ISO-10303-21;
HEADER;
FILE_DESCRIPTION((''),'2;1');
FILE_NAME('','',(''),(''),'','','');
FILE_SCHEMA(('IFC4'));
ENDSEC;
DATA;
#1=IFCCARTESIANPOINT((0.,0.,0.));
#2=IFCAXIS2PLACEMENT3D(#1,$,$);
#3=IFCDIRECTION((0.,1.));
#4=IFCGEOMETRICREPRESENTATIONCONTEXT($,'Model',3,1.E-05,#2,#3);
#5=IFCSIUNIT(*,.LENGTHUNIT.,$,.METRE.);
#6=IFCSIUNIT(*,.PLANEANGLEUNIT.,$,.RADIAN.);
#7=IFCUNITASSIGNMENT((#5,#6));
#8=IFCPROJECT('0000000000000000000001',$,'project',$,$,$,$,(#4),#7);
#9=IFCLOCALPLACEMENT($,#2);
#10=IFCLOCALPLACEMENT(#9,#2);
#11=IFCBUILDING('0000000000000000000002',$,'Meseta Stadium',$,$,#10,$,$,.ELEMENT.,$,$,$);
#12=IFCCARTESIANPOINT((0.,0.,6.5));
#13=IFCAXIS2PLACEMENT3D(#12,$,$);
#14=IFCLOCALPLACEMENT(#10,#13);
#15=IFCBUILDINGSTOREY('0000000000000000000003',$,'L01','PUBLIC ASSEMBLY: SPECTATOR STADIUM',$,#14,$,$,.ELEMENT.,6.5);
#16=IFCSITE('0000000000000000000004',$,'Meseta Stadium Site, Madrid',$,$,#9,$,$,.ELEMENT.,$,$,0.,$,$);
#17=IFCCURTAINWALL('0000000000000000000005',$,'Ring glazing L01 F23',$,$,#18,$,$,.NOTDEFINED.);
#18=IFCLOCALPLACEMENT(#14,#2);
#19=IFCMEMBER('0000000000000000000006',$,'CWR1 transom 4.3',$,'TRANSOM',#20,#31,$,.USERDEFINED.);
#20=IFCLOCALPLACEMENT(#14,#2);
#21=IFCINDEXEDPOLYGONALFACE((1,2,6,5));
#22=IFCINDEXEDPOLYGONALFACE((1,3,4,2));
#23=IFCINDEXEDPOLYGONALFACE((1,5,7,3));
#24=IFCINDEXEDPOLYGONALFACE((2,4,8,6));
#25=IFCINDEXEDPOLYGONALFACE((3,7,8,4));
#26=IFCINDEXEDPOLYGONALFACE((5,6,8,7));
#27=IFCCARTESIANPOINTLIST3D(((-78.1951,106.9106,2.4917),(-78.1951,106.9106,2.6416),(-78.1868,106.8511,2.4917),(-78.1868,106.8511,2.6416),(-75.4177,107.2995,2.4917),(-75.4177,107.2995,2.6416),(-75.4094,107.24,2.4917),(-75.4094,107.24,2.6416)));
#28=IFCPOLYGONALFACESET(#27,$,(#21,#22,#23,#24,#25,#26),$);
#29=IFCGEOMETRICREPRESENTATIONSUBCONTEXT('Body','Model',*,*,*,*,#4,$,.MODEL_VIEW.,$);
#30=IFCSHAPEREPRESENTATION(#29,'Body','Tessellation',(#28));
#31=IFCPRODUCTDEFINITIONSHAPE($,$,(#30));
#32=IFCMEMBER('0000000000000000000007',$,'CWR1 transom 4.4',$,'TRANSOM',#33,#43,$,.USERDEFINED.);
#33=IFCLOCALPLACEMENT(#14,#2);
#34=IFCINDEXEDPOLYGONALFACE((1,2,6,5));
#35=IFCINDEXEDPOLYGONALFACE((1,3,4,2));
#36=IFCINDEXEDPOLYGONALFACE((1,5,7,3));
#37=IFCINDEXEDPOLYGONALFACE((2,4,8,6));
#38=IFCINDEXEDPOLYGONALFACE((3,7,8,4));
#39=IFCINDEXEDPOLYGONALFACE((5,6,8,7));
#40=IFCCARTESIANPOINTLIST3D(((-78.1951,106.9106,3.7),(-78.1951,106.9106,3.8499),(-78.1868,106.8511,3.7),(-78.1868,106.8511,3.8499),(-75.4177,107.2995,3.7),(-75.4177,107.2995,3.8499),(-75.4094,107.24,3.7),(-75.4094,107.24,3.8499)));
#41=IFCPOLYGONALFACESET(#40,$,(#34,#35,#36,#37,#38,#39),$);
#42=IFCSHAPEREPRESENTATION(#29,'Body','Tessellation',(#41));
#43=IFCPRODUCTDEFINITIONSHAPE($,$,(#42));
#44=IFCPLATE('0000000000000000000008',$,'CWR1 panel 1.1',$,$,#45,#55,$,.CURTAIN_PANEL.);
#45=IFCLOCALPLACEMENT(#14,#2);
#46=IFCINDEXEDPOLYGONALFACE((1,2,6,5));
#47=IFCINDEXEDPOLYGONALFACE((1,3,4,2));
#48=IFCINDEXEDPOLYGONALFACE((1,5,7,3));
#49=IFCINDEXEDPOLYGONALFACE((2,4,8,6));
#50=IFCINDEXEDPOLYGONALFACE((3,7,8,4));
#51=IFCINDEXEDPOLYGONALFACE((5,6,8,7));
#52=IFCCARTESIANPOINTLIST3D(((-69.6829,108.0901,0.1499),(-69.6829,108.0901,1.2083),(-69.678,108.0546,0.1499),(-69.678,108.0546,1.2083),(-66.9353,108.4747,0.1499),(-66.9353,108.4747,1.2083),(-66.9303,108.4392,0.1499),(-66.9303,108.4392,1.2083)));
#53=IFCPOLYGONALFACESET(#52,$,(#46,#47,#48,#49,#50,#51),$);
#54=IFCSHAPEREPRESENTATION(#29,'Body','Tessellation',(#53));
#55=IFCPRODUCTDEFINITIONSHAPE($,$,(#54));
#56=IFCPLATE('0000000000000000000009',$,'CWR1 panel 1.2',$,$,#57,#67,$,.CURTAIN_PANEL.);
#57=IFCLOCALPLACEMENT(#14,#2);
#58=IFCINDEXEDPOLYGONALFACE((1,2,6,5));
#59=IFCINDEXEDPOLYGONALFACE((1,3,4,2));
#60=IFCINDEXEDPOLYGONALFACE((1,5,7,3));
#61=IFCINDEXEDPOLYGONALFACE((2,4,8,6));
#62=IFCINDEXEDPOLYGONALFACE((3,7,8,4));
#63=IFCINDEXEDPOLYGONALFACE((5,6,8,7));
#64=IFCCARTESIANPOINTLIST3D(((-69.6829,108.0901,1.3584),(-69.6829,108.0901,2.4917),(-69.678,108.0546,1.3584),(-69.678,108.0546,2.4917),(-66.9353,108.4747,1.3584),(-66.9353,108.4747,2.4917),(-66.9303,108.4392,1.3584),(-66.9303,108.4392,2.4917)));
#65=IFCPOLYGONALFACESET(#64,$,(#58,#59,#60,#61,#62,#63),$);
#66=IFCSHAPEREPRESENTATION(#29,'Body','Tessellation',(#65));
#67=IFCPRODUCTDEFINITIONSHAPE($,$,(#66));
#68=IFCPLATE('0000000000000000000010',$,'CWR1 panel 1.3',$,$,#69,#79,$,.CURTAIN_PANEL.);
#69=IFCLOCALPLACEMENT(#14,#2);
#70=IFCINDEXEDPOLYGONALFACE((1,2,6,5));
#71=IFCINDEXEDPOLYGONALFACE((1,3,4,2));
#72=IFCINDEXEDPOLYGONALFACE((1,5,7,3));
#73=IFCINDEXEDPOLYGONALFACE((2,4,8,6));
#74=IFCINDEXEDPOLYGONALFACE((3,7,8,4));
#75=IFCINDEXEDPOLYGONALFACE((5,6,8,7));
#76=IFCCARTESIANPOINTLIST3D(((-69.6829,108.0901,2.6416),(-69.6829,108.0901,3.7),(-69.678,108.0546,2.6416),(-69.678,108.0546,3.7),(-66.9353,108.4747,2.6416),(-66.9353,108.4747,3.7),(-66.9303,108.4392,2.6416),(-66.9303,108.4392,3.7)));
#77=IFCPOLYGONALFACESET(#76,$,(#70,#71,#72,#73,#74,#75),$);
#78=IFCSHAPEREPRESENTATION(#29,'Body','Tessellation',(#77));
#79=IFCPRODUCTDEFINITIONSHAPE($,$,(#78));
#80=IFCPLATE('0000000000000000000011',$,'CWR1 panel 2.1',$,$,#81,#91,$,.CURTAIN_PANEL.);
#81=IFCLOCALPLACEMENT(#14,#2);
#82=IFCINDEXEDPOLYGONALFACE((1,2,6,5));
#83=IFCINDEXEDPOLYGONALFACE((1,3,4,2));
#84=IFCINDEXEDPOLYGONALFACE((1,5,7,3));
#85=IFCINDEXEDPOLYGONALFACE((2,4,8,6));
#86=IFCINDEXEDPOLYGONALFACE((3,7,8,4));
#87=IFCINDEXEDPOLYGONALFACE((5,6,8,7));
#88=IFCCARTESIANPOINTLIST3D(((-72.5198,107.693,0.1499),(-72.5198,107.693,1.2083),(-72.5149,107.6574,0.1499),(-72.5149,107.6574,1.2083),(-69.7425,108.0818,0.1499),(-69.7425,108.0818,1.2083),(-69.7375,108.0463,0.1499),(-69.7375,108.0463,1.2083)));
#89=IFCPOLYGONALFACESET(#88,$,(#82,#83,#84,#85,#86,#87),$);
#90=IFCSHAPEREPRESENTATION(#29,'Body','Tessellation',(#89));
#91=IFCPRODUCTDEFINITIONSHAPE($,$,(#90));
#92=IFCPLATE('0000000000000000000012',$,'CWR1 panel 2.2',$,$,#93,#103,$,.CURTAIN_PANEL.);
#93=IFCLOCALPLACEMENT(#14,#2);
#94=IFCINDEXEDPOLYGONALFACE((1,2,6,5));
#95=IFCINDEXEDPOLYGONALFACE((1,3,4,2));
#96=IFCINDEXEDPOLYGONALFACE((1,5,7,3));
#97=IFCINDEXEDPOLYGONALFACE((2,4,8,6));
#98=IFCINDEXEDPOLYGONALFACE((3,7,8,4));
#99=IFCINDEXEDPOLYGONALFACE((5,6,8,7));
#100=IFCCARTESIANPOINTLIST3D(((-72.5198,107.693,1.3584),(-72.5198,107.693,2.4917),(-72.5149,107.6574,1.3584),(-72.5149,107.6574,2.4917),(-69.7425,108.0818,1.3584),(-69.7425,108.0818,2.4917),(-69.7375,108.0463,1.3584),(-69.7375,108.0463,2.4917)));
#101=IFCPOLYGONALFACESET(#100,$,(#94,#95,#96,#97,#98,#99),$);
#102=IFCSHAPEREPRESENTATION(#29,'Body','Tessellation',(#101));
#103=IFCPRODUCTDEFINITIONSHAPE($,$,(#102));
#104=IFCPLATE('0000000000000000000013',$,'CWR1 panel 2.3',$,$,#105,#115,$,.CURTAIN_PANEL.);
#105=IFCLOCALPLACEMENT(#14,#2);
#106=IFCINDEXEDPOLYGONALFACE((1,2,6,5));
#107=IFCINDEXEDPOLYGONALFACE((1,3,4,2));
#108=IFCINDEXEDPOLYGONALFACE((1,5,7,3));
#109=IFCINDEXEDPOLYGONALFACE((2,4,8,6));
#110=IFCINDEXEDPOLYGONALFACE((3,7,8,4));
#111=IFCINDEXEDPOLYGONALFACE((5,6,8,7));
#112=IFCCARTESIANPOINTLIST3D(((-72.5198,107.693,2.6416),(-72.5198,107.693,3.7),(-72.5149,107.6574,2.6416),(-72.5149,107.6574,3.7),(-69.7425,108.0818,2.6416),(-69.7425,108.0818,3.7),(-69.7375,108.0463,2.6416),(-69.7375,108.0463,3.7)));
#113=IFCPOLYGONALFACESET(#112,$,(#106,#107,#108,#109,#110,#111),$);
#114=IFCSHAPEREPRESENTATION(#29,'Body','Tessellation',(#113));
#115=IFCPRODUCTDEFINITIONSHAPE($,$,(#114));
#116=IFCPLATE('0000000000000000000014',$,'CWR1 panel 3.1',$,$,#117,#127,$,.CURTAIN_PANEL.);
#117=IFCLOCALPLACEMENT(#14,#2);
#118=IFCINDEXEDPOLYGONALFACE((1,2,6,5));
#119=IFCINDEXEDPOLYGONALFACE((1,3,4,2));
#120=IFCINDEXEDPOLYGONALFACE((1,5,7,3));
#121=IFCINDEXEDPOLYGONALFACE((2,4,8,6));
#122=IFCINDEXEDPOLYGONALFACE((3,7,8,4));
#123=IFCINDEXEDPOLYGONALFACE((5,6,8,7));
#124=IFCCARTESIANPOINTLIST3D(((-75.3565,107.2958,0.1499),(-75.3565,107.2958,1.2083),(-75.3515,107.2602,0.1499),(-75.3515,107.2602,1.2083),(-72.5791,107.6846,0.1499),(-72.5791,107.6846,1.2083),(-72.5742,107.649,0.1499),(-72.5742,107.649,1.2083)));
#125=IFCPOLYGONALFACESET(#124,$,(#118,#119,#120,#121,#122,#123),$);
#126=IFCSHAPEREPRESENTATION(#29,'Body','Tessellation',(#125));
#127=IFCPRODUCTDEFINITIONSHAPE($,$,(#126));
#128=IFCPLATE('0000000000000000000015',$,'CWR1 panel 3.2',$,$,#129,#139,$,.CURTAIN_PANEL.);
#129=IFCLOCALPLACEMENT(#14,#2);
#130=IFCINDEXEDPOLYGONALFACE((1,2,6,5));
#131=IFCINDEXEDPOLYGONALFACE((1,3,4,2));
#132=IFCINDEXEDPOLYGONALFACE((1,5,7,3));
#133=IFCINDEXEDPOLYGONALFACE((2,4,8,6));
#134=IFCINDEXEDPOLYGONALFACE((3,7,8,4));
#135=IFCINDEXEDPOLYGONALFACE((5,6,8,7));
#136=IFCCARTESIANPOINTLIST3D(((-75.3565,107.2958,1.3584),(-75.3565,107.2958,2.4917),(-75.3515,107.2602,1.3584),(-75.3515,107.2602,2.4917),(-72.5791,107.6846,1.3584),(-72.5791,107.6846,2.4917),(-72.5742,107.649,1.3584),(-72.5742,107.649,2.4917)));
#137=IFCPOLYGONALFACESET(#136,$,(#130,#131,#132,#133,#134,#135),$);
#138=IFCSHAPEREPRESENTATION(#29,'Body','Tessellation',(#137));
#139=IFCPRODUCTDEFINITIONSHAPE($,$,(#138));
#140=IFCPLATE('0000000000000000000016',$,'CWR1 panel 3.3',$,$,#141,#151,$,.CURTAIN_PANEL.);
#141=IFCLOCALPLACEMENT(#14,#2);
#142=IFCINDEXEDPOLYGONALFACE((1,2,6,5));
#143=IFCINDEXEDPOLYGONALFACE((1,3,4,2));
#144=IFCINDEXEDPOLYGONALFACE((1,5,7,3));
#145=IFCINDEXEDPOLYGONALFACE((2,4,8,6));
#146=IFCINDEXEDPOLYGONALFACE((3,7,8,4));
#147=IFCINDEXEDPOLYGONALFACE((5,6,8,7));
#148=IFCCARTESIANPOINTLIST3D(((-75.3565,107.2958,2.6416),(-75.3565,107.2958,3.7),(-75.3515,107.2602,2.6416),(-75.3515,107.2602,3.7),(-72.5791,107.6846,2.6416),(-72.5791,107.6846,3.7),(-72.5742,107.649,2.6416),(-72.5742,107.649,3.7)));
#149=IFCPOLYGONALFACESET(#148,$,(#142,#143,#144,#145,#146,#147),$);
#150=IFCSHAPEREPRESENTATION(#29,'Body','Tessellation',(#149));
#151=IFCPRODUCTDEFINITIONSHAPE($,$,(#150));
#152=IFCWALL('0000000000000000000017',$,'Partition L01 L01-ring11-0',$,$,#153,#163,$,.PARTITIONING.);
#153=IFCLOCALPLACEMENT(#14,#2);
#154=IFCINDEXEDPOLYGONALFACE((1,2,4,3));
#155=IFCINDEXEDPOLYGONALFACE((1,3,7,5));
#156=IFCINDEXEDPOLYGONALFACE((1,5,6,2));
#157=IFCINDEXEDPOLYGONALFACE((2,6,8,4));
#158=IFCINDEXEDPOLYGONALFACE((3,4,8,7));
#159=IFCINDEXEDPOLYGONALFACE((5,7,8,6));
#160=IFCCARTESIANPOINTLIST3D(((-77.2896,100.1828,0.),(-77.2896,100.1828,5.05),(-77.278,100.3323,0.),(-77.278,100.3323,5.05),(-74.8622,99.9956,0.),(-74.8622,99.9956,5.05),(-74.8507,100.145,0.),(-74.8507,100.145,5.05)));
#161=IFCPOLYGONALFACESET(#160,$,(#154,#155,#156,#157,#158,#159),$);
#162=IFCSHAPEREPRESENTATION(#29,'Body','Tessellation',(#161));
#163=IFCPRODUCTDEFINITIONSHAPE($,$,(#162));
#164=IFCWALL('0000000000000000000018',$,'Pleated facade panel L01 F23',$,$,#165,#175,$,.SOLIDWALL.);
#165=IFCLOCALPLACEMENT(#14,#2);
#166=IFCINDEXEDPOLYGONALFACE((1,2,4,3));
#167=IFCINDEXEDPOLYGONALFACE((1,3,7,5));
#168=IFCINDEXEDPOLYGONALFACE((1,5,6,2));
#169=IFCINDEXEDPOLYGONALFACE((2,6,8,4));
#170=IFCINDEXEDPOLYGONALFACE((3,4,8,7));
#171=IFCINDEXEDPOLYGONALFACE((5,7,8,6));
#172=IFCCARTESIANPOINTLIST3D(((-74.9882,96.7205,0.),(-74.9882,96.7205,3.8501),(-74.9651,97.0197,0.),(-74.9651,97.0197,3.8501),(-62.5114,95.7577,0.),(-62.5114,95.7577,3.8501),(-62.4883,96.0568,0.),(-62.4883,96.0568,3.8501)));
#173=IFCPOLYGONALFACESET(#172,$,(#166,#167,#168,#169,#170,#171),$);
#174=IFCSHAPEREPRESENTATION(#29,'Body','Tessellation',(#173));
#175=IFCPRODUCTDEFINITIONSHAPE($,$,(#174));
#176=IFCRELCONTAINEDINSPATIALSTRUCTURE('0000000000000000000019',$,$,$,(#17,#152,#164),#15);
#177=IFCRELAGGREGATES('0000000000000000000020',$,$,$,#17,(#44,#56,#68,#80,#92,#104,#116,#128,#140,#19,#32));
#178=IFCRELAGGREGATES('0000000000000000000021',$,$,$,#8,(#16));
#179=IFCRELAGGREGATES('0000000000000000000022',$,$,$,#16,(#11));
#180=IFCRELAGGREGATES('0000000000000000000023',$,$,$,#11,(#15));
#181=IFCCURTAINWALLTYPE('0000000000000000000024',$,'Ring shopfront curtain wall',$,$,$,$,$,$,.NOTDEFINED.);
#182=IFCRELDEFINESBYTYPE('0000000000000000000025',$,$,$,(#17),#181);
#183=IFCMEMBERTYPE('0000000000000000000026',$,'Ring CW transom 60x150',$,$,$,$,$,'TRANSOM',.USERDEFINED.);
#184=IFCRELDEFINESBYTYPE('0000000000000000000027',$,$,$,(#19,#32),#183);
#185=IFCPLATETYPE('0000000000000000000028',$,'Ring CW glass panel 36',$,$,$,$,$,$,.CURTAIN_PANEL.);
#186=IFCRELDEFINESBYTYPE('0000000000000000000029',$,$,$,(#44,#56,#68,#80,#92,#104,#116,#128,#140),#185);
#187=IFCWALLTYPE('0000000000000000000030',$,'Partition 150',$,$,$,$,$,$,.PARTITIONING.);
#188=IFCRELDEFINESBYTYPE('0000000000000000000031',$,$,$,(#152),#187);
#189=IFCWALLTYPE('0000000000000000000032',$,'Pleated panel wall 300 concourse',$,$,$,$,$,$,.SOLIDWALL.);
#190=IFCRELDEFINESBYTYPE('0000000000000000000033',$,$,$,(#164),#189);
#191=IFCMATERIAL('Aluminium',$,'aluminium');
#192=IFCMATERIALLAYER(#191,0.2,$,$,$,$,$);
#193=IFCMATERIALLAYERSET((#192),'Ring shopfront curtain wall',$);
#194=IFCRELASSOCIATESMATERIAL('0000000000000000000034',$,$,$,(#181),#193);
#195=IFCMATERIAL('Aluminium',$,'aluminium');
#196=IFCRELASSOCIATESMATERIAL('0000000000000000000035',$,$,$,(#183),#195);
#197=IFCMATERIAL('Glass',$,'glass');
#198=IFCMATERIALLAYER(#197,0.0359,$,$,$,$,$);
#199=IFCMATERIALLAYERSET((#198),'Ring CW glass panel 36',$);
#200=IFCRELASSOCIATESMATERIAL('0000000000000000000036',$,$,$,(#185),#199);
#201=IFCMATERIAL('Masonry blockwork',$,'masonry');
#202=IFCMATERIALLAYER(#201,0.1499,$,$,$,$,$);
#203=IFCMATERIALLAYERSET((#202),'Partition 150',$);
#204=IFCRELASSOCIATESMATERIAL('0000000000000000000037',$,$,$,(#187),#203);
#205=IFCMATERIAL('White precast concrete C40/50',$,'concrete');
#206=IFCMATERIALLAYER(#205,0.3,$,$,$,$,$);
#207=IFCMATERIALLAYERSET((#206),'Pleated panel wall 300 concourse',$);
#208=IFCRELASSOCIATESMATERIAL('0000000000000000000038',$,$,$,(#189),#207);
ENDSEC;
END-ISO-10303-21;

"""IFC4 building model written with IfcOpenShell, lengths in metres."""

from ifc_helpers import new_model, si_unit, direction, frame, frame_2d, origin, origin_2d, place, context, subcontext, project, spatial, rectangle, extrude, material, layer, layer_set, material_profile, profile_set, type_object, element, aggregate, save


model = new_model("IFC4")

# Units and contexts
model_context = context("Model", 3, precision=1e-05, world=origin(), true_north=direction((0.0, 1.0)))
body_context = subcontext(model_context, "Body", "Model", "MODEL_VIEW")
ifc_project = project(units=[si_unit("LENGTHUNIT", "METRE"), si_unit("PLANEANGLEUNIT", "RADIAN")], contexts=[model_context])

# Site, building, storey
site_placement = place(None, origin())
site = spatial("IfcSite", under=ifc_project, at=site_placement, Name="Meseta Stadium Site, Madrid", CompositionType="ELEMENT", RefElevation=0.0)
building_placement = place(site_placement, origin())
building = spatial("IfcBuilding", under=site, at=building_placement, Name="Meseta Stadium", CompositionType="ELEMENT")
storey_placement = place(building_placement, frame((0.0, 0.0, 6.5)))
storey = spatial("IfcBuildingStorey", under=building, at=storey_placement, Name="L01", Description="PUBLIC ASSEMBLY: SPECTATOR STADIUM", CompositionType="ELEMENT", Elevation=6.5)

# Curtain wall, members, plates
ifc_material_1 = material(Name="Aluminium", Category="aluminium")
ifc_layer_1 = layer(ifc_material_1, 0.2)
ifc_layer_set_1 = layer_set([ifc_layer_1], Name="Ring shopfront curtain wall")
curtain_wall_type = type_object("IfcCurtainWallType", Name="Ring shopfront curtain wall", PredefinedType="NOTDEFINED", material=ifc_layer_set_1)
curtain_wall_placement = place(storey_placement, origin())
curtain_wall = element("IfcCurtainWall", 1, at=curtain_wall_placement, inside=storey, type_object=curtain_wall_type, Name="Ring glazing L01 F23", PredefinedType="NOTDEFINED")
ifc_material_2 = material(Name="Aluminium", Category="aluminium")
ifc_material_profile_1 = material_profile(ifc_material_2, rectangle(XDim=0.0601, YDim=0.1499, at=origin_2d()), Name="CW 60x150")
ifc_profile_set_1 = profile_set([ifc_material_profile_1], Name="Aluminium")
member_type_1 = type_object("IfcMemberType", Name="Ring CW transom 60x150", ElementType="TRANSOM", PredefinedType="USERDEFINED", material=ifc_profile_set_1)
member_1_placement = place(storey_placement, frame((-75.4136, 107.2698, 2.5667), z_axis=(-0.990337, -0.138679, 0.0), x_axis=(0.138679, -0.990337, 0.0)))
member_1 = element("IfcMember", 2, at=member_1_placement, type_object=member_type_1, Name="CWR1 transom 4.3", ObjectType="TRANSOM", PredefinedType="USERDEFINED", context=body_context, shape_type="SweptSolid", body=[
    extrude(rectangle(XDim=0.0601, YDim=0.1499, at=origin_2d()), origin(), (0.0, 0.0, 1.0), 2.8044),
])
member_2_placement = place(storey_placement, frame((-75.4136, 107.2698, 3.7749), z_axis=(-0.990337, -0.138679, 0.0), x_axis=(0.138679, -0.990337, 0.0)))
member_2 = element("IfcMember", 3, at=member_2_placement, type_object=member_type_1, Name="CWR1 transom 4.4", ObjectType="TRANSOM", PredefinedType="USERDEFINED", context=body_context, shape_type="SweptSolid", body=[
    extrude(rectangle(XDim=0.0601, YDim=0.1499, at=origin_2d()), origin(), (0.0, 0.0, 1.0), 2.8044),
])
ifc_material_3 = material(Name="Glass", Category="glass")
ifc_layer_2 = layer(ifc_material_3, 0.0359)
ifc_layer_set_2 = layer_set([ifc_layer_2], Name="Ring CW glass panel 36")
plate_type = type_object("IfcPlateType", Name="Ring CW glass panel 36", PredefinedType="CURTAIN_PANEL", material=ifc_layer_set_2)
plate_1_placement = place(storey_placement, frame((-68.3066, 108.2646, 0.1499), z_axis=(0.0, 0.0, 1.0), x_axis=(-0.990342, -0.138643, 0.0)))
plate_1 = element("IfcPlate", 4, at=plate_1_placement, type_object=plate_type, Name="CWR1 panel 1.1", PredefinedType="CURTAIN_PANEL", context=body_context, shape_type="SweptSolid", body=[
    extrude(rectangle(XDim=2.7744, YDim=0.0359, at=origin_2d()), origin(), (0.0, 0.0, 1.0), 1.0583),
])
plate_2_placement = place(storey_placement, frame((-68.3066, 108.2646, 1.3584), z_axis=(0.0, 0.0, 1.0), x_axis=(-0.990342, -0.138643, 0.0)))
plate_2 = element("IfcPlate", 5, at=plate_2_placement, type_object=plate_type, Name="CWR1 panel 1.2", PredefinedType="CURTAIN_PANEL", context=body_context, shape_type="SweptSolid", body=[
    extrude(rectangle(XDim=2.7744, YDim=0.0359, at=origin_2d()), origin(), (0.0, 0.0, 1.0), 1.1333),
])
plate_3_placement = place(storey_placement, frame((-68.3066, 108.2646, 2.6416), z_axis=(0.0, 0.0, 1.0), x_axis=(-0.990342, -0.138643, 0.0)))
plate_3 = element("IfcPlate", 6, at=plate_3_placement, type_object=plate_type, Name="CWR1 panel 1.3", PredefinedType="CURTAIN_PANEL", context=body_context, shape_type="SweptSolid", body=[
    extrude(rectangle(XDim=2.7744, YDim=0.0359, at=origin_2d()), origin(), (0.0, 0.0, 1.0), 1.0583),
])
plate_4_placement = place(storey_placement, frame((-71.1287, 107.8696, 0.1499), z_axis=(0.0, 0.0, 1.0), x_axis=(-0.990342, -0.138643, 0.0)))
plate_4 = element("IfcPlate", 7, at=plate_4_placement, type_object=plate_type, Name="CWR1 panel 2.1", PredefinedType="CURTAIN_PANEL", context=body_context, shape_type="SweptSolid", body=[
    extrude(rectangle(XDim=2.8044, YDim=0.0359, at=origin_2d()), origin(), (0.0, 0.0, 1.0), 1.0583),
])
plate_5_placement = place(storey_placement, frame((-71.1287, 107.8696, 1.3584), z_axis=(0.0, 0.0, 1.0), x_axis=(-0.990342, -0.138643, 0.0)))
plate_5 = element("IfcPlate", 8, at=plate_5_placement, type_object=plate_type, Name="CWR1 panel 2.2", PredefinedType="CURTAIN_PANEL", context=body_context, shape_type="SweptSolid", body=[
    extrude(rectangle(XDim=2.8044, YDim=0.0359, at=origin_2d()), origin(), (0.0, 0.0, 1.0), 1.1333),
])
plate_6_placement = place(storey_placement, frame((-71.1287, 107.8696, 2.6416), z_axis=(0.0, 0.0, 1.0), x_axis=(-0.990342, -0.138643, 0.0)))
plate_6 = element("IfcPlate", 9, at=plate_6_placement, type_object=plate_type, Name="CWR1 panel 2.3", PredefinedType="CURTAIN_PANEL", context=body_context, shape_type="SweptSolid", body=[
    extrude(rectangle(XDim=2.8044, YDim=0.0359, at=origin_2d()), origin(), (0.0, 0.0, 1.0), 1.0583),
])
plate_7_placement = place(storey_placement, frame((-73.9653, 107.4724, 0.1499), z_axis=(0.0, 0.0, 1.0), x_axis=(-0.990342, -0.138643, 0.0)))
plate_7 = element("IfcPlate", 10, at=plate_7_placement, type_object=plate_type, Name="CWR1 panel 3.1", PredefinedType="CURTAIN_PANEL", context=body_context, shape_type="SweptSolid", body=[
    extrude(rectangle(XDim=2.8044, YDim=0.0359, at=origin_2d()), origin(), (0.0, 0.0, 1.0), 1.0583),
])
plate_8_placement = place(storey_placement, frame((-73.9653, 107.4724, 1.3584), z_axis=(0.0, 0.0, 1.0), x_axis=(-0.990342, -0.138643, 0.0)))
plate_8 = element("IfcPlate", 11, at=plate_8_placement, type_object=plate_type, Name="CWR1 panel 3.2", PredefinedType="CURTAIN_PANEL", context=body_context, shape_type="SweptSolid", body=[
    extrude(rectangle(XDim=2.8044, YDim=0.0359, at=origin_2d()), origin(), (0.0, 0.0, 1.0), 1.1333),
])
plate_9_placement = place(storey_placement, frame((-73.9653, 107.4724, 2.6416), z_axis=(0.0, 0.0, 1.0), x_axis=(-0.990342, -0.138643, 0.0)))
plate_9 = element("IfcPlate", 12, at=plate_9_placement, type_object=plate_type, Name="CWR1 panel 3.3", PredefinedType="CURTAIN_PANEL", context=body_context, shape_type="SweptSolid", body=[
    extrude(rectangle(XDim=2.8044, YDim=0.0359, at=origin_2d()), origin(), (0.0, 0.0, 1.0), 1.0583),
])
aggregate(curtain_wall, [plate_1, plate_2, plate_3, plate_4, plate_5, plate_6, plate_7, plate_8, plate_9, member_1, member_2])

# Walls
ifc_material_4 = material(Name="Masonry blockwork", Category="masonry")
ifc_layer_3 = layer(ifc_material_4, 0.1499)
ifc_layer_set_3 = layer_set([ifc_layer_3], Name="Partition 150")
wall_type_1 = type_object("IfcWallType", Name="Partition 150", PredefinedType="PARTITIONING", material=ifc_layer_set_3)
wall_1_placement = place(storey_placement, frame((-74.8564, 100.0703, 0.0), z_axis=(0.0, 0.0, 1.0), x_axis=(-0.997037, 0.076919, 0.0)))
element("IfcWall", 13, at=wall_1_placement, inside=storey, type_object=wall_type_1, Name="Partition L01 L01-ring11-0", PredefinedType="PARTITIONING", context=body_context, shape_type="SweptSolid", body=[
    extrude(rectangle(XDim=2.4346, YDim=0.1499, at=frame_2d((1.2173, 0.0))), origin(), (0.0, 0.0, 1.0), 5.05),
])
ifc_material_5 = material(Name="White precast concrete C40/50", Category="concrete")
ifc_layer_4 = layer(ifc_material_5, 0.3)
ifc_layer_set_4 = layer_set([ifc_layer_4], Name="Pleated panel wall 300 concourse")
wall_type_2 = type_object("IfcWallType", Name="Pleated panel wall 300 concourse", PredefinedType="SOLIDWALL", material=ifc_layer_set_4)
wall_2_placement = place(storey_placement, frame((-74.9766, 96.8701, 0.0), z_axis=(0.0, 0.0, 1.0), x_axis=(0.997035, -0.076946, 0.0)))
element("IfcWall", 14, at=wall_2_placement, inside=storey, type_object=wall_type_2, Name="Pleated facade panel L01 F23", PredefinedType="SOLIDWALL", context=body_context, shape_type="SweptSolid", body=[
    extrude(rectangle(XDim=12.5139, YDim=0.3, at=frame_2d((6.2568, 0.0))), origin(), (0.0, 0.0, 1.0), 3.8501),
])

save(model, "model.ifc")
